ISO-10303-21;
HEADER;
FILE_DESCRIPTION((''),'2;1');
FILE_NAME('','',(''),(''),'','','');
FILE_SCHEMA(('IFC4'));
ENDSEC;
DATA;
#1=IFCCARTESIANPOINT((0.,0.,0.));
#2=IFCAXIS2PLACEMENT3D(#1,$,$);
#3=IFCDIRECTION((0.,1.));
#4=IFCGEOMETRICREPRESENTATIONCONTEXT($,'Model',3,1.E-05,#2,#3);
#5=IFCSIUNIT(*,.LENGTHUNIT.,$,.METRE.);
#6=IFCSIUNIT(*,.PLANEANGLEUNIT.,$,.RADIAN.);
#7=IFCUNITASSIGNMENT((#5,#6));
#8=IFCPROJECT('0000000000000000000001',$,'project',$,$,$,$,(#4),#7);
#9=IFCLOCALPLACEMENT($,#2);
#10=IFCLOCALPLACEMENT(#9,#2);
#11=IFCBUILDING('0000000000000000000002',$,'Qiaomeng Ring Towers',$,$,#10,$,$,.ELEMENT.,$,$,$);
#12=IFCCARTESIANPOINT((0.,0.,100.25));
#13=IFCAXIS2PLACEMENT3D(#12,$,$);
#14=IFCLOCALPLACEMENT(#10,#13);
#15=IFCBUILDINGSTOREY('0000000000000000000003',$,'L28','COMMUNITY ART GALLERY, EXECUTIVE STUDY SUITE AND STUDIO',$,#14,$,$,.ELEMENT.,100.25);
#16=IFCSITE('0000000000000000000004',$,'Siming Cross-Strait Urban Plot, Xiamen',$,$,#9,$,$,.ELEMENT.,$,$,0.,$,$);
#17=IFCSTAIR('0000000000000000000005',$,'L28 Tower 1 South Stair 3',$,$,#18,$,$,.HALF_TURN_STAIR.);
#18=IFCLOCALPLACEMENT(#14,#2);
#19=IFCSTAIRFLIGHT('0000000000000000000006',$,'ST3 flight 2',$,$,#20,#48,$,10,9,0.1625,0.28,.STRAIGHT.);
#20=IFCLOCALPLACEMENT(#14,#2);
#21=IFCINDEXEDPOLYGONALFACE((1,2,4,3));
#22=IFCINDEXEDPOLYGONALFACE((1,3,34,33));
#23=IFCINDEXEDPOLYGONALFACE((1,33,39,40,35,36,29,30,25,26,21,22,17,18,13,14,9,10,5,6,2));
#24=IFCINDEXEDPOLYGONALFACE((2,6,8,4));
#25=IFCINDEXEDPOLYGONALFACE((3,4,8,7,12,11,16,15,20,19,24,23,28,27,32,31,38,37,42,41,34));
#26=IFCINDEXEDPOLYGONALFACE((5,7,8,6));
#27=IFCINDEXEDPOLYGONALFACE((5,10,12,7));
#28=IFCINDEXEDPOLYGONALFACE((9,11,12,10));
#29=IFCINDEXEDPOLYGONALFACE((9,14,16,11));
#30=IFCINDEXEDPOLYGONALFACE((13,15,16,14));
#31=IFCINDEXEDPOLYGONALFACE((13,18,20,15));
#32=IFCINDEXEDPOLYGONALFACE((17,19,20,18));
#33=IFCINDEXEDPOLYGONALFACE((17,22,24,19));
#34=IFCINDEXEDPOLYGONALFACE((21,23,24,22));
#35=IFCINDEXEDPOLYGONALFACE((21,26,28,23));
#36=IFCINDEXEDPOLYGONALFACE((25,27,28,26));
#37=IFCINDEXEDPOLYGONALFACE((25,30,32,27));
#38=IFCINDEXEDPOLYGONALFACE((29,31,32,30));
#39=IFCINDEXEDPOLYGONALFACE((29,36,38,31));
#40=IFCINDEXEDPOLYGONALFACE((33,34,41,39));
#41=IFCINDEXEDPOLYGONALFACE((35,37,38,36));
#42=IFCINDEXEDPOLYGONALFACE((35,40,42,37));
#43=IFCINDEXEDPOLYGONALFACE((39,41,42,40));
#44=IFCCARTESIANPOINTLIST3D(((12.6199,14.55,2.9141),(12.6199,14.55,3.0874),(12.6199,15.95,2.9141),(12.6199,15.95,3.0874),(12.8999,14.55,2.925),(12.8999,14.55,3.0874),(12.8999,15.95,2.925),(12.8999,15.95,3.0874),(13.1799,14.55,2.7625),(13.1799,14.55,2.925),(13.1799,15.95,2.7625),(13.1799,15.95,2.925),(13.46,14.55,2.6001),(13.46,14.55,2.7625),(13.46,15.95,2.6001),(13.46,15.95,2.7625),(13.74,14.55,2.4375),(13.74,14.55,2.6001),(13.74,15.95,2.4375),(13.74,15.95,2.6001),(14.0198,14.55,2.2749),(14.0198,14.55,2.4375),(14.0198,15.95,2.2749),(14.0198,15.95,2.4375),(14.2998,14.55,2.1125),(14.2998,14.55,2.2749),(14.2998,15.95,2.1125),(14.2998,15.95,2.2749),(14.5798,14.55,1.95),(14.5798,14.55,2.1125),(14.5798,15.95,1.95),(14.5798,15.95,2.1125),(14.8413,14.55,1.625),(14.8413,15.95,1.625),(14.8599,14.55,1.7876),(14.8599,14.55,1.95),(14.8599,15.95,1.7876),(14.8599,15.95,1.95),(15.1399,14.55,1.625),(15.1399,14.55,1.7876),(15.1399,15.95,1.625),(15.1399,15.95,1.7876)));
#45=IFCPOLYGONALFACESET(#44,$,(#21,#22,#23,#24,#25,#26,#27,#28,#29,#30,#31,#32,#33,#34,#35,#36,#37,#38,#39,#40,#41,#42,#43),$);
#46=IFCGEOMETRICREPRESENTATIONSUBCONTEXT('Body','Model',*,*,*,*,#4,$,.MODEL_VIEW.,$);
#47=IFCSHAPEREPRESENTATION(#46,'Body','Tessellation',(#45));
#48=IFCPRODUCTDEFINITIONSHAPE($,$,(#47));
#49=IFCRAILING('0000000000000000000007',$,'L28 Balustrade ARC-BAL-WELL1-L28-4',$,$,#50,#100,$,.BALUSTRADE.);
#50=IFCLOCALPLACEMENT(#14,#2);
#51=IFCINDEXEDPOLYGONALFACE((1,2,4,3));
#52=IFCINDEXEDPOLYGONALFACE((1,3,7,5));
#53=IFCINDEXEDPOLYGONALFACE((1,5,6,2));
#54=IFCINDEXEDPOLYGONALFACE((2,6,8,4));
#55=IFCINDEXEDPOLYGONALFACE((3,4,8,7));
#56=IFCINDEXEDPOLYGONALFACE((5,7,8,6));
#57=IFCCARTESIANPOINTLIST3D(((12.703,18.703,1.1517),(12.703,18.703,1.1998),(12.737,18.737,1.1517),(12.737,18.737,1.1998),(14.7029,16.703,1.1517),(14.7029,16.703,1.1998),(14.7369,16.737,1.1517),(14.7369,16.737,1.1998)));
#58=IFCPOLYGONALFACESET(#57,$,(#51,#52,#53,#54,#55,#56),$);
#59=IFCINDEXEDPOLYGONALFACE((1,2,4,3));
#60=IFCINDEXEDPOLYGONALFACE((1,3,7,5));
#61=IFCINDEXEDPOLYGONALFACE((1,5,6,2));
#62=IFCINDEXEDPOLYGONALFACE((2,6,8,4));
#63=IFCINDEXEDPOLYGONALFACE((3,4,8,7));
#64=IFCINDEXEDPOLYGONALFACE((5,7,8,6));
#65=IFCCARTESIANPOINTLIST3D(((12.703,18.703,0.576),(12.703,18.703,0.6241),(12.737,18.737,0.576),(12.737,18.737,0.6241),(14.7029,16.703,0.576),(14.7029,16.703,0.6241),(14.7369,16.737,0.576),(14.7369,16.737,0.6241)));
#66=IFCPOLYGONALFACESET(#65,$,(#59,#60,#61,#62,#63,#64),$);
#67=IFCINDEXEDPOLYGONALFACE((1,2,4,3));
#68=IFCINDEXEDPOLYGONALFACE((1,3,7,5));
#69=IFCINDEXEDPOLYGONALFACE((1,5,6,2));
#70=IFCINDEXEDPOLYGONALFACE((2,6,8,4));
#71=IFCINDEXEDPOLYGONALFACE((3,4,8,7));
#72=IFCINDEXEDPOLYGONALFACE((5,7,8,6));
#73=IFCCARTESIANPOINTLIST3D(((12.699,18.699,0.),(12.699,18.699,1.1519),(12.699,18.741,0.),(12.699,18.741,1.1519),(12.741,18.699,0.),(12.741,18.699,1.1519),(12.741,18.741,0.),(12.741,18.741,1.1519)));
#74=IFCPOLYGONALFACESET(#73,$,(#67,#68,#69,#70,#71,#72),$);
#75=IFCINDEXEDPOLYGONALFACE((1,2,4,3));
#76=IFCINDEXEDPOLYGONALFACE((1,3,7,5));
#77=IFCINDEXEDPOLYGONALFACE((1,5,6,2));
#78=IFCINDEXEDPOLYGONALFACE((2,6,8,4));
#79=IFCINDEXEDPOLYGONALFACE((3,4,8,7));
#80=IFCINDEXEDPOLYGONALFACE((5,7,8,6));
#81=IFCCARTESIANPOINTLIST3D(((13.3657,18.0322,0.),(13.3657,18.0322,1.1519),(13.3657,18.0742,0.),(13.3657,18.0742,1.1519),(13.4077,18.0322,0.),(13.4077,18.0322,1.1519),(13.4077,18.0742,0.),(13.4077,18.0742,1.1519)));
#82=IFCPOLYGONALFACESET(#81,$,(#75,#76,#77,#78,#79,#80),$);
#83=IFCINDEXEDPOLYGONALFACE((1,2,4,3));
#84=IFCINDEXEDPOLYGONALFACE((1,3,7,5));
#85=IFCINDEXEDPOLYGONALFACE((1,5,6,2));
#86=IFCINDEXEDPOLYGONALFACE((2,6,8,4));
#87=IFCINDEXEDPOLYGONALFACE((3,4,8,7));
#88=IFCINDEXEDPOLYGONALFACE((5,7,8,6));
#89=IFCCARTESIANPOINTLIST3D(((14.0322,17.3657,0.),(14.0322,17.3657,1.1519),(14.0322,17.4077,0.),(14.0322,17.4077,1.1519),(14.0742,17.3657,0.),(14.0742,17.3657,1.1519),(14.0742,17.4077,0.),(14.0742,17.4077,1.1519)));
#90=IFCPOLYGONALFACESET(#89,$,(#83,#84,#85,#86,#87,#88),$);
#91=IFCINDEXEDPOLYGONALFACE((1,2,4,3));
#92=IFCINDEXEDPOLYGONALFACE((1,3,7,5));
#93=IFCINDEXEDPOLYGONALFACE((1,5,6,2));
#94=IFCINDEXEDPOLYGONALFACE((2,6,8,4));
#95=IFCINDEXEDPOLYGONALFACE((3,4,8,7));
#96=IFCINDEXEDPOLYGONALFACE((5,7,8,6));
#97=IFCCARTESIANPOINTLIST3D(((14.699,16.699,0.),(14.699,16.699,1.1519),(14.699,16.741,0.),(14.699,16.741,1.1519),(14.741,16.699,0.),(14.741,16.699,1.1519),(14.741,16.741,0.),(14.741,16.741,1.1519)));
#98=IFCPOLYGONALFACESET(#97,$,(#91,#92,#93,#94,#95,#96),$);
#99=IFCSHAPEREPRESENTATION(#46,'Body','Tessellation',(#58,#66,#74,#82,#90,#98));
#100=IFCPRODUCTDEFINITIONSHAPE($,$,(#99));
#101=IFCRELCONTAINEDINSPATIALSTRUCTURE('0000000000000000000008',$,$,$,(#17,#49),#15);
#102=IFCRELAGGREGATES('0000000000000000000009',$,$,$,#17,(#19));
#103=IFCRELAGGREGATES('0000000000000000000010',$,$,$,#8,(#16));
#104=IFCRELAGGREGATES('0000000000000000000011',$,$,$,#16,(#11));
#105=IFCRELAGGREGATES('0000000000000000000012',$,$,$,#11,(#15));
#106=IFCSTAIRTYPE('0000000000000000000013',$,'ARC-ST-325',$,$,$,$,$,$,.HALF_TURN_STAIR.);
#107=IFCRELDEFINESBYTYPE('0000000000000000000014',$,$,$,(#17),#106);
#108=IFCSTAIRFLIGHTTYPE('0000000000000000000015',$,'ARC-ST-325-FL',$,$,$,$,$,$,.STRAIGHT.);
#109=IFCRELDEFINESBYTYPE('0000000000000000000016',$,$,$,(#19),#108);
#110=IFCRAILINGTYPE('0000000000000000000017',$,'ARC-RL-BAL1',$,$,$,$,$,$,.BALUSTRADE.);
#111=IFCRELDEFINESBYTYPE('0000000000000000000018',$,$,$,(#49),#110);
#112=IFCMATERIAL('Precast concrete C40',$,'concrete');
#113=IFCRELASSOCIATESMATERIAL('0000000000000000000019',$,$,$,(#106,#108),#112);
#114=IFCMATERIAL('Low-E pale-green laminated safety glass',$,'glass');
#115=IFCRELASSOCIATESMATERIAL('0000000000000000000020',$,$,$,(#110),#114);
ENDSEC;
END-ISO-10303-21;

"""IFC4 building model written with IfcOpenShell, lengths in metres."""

from ifc_helpers import new_model, si_unit, direction, frame, origin, origin_2d, place, context, subcontext, project, spatial, polyline, rectangle, outline, extrude, source, transform, mapped, material, type_object, element, aggregate, save


model = new_model("IFC4")

# Units and contexts
model_context = context("Model", 3, precision=1e-05, world=origin(), true_north=direction((0.0, 1.0)))
body_context = subcontext(model_context, "Body", "Model", "MODEL_VIEW")
ifc_project = project(units=[si_unit("LENGTHUNIT", "METRE"), si_unit("PLANEANGLEUNIT", "RADIAN")], contexts=[model_context])

# Site, building, storey
site_placement = place(None, origin())
site = spatial("IfcSite", under=ifc_project, at=site_placement, Name="Siming Cross-Strait Urban Plot, Xiamen", CompositionType="ELEMENT", RefElevation=0.0)
building_placement = place(site_placement, origin())
building = spatial("IfcBuilding", under=site, at=building_placement, Name="Qiaomeng Ring Towers", CompositionType="ELEMENT")
storey_placement = place(building_placement, frame((0.0, 0.0, 100.25)))
storey = spatial("IfcBuildingStorey", under=building, at=storey_placement, Name="L28", Description="COMMUNITY ART GALLERY, EXECUTIVE STUDY SUITE AND STUDIO", CompositionType="ELEMENT", Elevation=100.25)

# Stair, stair flight
ifc_material_1 = material(Name="Precast concrete C40", Category="concrete")
stair_type = type_object("IfcStairType", Name="ARC-ST-325", PredefinedType="HALF_TURN_STAIR", material=ifc_material_1)
stair_placement = place(storey_placement, origin())
stair = element("IfcStair", 1, at=stair_placement, inside=storey, type_object=stair_type, Name="L28 Tower 1 South Stair 3", PredefinedType="HALF_TURN_STAIR")
stair_flight_type = type_object("IfcStairFlightType", Name="ARC-ST-325-FL", PredefinedType="STRAIGHT", material=ifc_material_1)
shared_shape_1 = source(origin(), body_context, "Body", "SweptSolid", [
    extrude(outline(polyline([(0.0, 0.0), (0.0, 0.1626), (0.28, 0.1626), (0.28, 0.325), (0.5601, 0.325), (0.5601, 0.4875), (0.8401, 0.4875), (0.8401, 0.6499), (1.1201, 0.6499), (1.1201, 0.8125), (1.3999, 0.8125), (1.3999, 0.9751), (1.6799, 0.9751), (1.6799, 1.1375), (1.96, 1.1375), (1.96, 1.3), (2.24, 1.3), (2.24, 1.4624), (2.52, 1.4624), (2.52, 1.625), (2.52, 1.2891), (0.2986, 0.0), (0.0, 0.0)])), frame((0.0, 0.7, 0.0), z_axis=(0.0, -1.0, 0.0), x_axis=(1.0, 0.0, 0.0)), (0.0, 0.0, 1.0), 1.3999),
])
stair_flight_placement = place(storey_placement, frame((15.1399, 15.25, 1.625), z_axis=(0.0, 0.0, 1.0), x_axis=(-1.0, 0.0, 0.0)))
stair_flight = element("IfcStairFlight", 2, at=stair_flight_placement, type_object=stair_flight_type, Name="ST3 flight 2", NumberOfRisers=10, NumberOfTreads=9, PredefinedType="STRAIGHT", RiserHeight=0.1625, TreadLength=0.28, context=body_context, shape_type="MappedRepresentation", body=[
    mapped(shared_shape_1, transform((0.0, 0.0, 0.0), x_axis=(1.0, 0.0, 0.0), y_axis=(0.0, 1.0, 0.0), z_axis=(0.0, 0.0, 1.0), scale=1.0)),
])
aggregate(stair, [stair_flight])

# Railing
ifc_material_2 = material(Name="Low-E pale-green laminated safety glass", Category="glass")
railing_type_1 = type_object("IfcRailingType", Name="ARC-RL-BAL1", PredefinedType="BALUSTRADE", material=ifc_material_2)
railing_1_placement = place(storey_placement, frame((12.72, 18.72, 0.0)))
element("IfcRailing", 3, at=railing_1_placement, inside=storey, type_object=railing_type_1, Name="L28 Balustrade ARC-BAL-WELL1-L28-4", PredefinedType="BALUSTRADE", context=body_context, shape_type="SweptSolid", body=[
    extrude(rectangle(XDim=0.0481, YDim=0.0481, at=origin_2d()), frame((0.0, 0.0, 1.1758), z_axis=(0.707107, -0.707107, 0.0), x_axis=(0.707107, 0.707107, 0.0)), (0.0, 0.0, 1.0), 2.8284),
    extrude(rectangle(XDim=0.0481, YDim=0.0481, at=origin_2d()), frame((0.0, 0.0, 0.6001), z_axis=(0.707107, -0.707107, 0.0), x_axis=(0.707107, 0.707107, 0.0)), (0.0, 0.0, 1.0), 2.8284),
    extrude(rectangle(XDim=0.042, YDim=0.042, at=origin_2d()), origin(), (0.0, 0.0, 1.0), 1.1519),
    extrude(rectangle(XDim=0.042, YDim=0.042, at=origin_2d()), frame((0.6667, -0.6667, 0.0)), (0.0, 0.0, 1.0), 1.1519),
    extrude(rectangle(XDim=0.042, YDim=0.042, at=origin_2d()), frame((1.3333, -1.3333, 0.0)), (0.0, 0.0, 1.0), 1.1519),
    extrude(rectangle(XDim=0.042, YDim=0.042, at=origin_2d()), frame((2.0, -2.0, 0.0)), (0.0, 0.0, 1.0), 1.1519),
])

save(model, "model.ifc")
